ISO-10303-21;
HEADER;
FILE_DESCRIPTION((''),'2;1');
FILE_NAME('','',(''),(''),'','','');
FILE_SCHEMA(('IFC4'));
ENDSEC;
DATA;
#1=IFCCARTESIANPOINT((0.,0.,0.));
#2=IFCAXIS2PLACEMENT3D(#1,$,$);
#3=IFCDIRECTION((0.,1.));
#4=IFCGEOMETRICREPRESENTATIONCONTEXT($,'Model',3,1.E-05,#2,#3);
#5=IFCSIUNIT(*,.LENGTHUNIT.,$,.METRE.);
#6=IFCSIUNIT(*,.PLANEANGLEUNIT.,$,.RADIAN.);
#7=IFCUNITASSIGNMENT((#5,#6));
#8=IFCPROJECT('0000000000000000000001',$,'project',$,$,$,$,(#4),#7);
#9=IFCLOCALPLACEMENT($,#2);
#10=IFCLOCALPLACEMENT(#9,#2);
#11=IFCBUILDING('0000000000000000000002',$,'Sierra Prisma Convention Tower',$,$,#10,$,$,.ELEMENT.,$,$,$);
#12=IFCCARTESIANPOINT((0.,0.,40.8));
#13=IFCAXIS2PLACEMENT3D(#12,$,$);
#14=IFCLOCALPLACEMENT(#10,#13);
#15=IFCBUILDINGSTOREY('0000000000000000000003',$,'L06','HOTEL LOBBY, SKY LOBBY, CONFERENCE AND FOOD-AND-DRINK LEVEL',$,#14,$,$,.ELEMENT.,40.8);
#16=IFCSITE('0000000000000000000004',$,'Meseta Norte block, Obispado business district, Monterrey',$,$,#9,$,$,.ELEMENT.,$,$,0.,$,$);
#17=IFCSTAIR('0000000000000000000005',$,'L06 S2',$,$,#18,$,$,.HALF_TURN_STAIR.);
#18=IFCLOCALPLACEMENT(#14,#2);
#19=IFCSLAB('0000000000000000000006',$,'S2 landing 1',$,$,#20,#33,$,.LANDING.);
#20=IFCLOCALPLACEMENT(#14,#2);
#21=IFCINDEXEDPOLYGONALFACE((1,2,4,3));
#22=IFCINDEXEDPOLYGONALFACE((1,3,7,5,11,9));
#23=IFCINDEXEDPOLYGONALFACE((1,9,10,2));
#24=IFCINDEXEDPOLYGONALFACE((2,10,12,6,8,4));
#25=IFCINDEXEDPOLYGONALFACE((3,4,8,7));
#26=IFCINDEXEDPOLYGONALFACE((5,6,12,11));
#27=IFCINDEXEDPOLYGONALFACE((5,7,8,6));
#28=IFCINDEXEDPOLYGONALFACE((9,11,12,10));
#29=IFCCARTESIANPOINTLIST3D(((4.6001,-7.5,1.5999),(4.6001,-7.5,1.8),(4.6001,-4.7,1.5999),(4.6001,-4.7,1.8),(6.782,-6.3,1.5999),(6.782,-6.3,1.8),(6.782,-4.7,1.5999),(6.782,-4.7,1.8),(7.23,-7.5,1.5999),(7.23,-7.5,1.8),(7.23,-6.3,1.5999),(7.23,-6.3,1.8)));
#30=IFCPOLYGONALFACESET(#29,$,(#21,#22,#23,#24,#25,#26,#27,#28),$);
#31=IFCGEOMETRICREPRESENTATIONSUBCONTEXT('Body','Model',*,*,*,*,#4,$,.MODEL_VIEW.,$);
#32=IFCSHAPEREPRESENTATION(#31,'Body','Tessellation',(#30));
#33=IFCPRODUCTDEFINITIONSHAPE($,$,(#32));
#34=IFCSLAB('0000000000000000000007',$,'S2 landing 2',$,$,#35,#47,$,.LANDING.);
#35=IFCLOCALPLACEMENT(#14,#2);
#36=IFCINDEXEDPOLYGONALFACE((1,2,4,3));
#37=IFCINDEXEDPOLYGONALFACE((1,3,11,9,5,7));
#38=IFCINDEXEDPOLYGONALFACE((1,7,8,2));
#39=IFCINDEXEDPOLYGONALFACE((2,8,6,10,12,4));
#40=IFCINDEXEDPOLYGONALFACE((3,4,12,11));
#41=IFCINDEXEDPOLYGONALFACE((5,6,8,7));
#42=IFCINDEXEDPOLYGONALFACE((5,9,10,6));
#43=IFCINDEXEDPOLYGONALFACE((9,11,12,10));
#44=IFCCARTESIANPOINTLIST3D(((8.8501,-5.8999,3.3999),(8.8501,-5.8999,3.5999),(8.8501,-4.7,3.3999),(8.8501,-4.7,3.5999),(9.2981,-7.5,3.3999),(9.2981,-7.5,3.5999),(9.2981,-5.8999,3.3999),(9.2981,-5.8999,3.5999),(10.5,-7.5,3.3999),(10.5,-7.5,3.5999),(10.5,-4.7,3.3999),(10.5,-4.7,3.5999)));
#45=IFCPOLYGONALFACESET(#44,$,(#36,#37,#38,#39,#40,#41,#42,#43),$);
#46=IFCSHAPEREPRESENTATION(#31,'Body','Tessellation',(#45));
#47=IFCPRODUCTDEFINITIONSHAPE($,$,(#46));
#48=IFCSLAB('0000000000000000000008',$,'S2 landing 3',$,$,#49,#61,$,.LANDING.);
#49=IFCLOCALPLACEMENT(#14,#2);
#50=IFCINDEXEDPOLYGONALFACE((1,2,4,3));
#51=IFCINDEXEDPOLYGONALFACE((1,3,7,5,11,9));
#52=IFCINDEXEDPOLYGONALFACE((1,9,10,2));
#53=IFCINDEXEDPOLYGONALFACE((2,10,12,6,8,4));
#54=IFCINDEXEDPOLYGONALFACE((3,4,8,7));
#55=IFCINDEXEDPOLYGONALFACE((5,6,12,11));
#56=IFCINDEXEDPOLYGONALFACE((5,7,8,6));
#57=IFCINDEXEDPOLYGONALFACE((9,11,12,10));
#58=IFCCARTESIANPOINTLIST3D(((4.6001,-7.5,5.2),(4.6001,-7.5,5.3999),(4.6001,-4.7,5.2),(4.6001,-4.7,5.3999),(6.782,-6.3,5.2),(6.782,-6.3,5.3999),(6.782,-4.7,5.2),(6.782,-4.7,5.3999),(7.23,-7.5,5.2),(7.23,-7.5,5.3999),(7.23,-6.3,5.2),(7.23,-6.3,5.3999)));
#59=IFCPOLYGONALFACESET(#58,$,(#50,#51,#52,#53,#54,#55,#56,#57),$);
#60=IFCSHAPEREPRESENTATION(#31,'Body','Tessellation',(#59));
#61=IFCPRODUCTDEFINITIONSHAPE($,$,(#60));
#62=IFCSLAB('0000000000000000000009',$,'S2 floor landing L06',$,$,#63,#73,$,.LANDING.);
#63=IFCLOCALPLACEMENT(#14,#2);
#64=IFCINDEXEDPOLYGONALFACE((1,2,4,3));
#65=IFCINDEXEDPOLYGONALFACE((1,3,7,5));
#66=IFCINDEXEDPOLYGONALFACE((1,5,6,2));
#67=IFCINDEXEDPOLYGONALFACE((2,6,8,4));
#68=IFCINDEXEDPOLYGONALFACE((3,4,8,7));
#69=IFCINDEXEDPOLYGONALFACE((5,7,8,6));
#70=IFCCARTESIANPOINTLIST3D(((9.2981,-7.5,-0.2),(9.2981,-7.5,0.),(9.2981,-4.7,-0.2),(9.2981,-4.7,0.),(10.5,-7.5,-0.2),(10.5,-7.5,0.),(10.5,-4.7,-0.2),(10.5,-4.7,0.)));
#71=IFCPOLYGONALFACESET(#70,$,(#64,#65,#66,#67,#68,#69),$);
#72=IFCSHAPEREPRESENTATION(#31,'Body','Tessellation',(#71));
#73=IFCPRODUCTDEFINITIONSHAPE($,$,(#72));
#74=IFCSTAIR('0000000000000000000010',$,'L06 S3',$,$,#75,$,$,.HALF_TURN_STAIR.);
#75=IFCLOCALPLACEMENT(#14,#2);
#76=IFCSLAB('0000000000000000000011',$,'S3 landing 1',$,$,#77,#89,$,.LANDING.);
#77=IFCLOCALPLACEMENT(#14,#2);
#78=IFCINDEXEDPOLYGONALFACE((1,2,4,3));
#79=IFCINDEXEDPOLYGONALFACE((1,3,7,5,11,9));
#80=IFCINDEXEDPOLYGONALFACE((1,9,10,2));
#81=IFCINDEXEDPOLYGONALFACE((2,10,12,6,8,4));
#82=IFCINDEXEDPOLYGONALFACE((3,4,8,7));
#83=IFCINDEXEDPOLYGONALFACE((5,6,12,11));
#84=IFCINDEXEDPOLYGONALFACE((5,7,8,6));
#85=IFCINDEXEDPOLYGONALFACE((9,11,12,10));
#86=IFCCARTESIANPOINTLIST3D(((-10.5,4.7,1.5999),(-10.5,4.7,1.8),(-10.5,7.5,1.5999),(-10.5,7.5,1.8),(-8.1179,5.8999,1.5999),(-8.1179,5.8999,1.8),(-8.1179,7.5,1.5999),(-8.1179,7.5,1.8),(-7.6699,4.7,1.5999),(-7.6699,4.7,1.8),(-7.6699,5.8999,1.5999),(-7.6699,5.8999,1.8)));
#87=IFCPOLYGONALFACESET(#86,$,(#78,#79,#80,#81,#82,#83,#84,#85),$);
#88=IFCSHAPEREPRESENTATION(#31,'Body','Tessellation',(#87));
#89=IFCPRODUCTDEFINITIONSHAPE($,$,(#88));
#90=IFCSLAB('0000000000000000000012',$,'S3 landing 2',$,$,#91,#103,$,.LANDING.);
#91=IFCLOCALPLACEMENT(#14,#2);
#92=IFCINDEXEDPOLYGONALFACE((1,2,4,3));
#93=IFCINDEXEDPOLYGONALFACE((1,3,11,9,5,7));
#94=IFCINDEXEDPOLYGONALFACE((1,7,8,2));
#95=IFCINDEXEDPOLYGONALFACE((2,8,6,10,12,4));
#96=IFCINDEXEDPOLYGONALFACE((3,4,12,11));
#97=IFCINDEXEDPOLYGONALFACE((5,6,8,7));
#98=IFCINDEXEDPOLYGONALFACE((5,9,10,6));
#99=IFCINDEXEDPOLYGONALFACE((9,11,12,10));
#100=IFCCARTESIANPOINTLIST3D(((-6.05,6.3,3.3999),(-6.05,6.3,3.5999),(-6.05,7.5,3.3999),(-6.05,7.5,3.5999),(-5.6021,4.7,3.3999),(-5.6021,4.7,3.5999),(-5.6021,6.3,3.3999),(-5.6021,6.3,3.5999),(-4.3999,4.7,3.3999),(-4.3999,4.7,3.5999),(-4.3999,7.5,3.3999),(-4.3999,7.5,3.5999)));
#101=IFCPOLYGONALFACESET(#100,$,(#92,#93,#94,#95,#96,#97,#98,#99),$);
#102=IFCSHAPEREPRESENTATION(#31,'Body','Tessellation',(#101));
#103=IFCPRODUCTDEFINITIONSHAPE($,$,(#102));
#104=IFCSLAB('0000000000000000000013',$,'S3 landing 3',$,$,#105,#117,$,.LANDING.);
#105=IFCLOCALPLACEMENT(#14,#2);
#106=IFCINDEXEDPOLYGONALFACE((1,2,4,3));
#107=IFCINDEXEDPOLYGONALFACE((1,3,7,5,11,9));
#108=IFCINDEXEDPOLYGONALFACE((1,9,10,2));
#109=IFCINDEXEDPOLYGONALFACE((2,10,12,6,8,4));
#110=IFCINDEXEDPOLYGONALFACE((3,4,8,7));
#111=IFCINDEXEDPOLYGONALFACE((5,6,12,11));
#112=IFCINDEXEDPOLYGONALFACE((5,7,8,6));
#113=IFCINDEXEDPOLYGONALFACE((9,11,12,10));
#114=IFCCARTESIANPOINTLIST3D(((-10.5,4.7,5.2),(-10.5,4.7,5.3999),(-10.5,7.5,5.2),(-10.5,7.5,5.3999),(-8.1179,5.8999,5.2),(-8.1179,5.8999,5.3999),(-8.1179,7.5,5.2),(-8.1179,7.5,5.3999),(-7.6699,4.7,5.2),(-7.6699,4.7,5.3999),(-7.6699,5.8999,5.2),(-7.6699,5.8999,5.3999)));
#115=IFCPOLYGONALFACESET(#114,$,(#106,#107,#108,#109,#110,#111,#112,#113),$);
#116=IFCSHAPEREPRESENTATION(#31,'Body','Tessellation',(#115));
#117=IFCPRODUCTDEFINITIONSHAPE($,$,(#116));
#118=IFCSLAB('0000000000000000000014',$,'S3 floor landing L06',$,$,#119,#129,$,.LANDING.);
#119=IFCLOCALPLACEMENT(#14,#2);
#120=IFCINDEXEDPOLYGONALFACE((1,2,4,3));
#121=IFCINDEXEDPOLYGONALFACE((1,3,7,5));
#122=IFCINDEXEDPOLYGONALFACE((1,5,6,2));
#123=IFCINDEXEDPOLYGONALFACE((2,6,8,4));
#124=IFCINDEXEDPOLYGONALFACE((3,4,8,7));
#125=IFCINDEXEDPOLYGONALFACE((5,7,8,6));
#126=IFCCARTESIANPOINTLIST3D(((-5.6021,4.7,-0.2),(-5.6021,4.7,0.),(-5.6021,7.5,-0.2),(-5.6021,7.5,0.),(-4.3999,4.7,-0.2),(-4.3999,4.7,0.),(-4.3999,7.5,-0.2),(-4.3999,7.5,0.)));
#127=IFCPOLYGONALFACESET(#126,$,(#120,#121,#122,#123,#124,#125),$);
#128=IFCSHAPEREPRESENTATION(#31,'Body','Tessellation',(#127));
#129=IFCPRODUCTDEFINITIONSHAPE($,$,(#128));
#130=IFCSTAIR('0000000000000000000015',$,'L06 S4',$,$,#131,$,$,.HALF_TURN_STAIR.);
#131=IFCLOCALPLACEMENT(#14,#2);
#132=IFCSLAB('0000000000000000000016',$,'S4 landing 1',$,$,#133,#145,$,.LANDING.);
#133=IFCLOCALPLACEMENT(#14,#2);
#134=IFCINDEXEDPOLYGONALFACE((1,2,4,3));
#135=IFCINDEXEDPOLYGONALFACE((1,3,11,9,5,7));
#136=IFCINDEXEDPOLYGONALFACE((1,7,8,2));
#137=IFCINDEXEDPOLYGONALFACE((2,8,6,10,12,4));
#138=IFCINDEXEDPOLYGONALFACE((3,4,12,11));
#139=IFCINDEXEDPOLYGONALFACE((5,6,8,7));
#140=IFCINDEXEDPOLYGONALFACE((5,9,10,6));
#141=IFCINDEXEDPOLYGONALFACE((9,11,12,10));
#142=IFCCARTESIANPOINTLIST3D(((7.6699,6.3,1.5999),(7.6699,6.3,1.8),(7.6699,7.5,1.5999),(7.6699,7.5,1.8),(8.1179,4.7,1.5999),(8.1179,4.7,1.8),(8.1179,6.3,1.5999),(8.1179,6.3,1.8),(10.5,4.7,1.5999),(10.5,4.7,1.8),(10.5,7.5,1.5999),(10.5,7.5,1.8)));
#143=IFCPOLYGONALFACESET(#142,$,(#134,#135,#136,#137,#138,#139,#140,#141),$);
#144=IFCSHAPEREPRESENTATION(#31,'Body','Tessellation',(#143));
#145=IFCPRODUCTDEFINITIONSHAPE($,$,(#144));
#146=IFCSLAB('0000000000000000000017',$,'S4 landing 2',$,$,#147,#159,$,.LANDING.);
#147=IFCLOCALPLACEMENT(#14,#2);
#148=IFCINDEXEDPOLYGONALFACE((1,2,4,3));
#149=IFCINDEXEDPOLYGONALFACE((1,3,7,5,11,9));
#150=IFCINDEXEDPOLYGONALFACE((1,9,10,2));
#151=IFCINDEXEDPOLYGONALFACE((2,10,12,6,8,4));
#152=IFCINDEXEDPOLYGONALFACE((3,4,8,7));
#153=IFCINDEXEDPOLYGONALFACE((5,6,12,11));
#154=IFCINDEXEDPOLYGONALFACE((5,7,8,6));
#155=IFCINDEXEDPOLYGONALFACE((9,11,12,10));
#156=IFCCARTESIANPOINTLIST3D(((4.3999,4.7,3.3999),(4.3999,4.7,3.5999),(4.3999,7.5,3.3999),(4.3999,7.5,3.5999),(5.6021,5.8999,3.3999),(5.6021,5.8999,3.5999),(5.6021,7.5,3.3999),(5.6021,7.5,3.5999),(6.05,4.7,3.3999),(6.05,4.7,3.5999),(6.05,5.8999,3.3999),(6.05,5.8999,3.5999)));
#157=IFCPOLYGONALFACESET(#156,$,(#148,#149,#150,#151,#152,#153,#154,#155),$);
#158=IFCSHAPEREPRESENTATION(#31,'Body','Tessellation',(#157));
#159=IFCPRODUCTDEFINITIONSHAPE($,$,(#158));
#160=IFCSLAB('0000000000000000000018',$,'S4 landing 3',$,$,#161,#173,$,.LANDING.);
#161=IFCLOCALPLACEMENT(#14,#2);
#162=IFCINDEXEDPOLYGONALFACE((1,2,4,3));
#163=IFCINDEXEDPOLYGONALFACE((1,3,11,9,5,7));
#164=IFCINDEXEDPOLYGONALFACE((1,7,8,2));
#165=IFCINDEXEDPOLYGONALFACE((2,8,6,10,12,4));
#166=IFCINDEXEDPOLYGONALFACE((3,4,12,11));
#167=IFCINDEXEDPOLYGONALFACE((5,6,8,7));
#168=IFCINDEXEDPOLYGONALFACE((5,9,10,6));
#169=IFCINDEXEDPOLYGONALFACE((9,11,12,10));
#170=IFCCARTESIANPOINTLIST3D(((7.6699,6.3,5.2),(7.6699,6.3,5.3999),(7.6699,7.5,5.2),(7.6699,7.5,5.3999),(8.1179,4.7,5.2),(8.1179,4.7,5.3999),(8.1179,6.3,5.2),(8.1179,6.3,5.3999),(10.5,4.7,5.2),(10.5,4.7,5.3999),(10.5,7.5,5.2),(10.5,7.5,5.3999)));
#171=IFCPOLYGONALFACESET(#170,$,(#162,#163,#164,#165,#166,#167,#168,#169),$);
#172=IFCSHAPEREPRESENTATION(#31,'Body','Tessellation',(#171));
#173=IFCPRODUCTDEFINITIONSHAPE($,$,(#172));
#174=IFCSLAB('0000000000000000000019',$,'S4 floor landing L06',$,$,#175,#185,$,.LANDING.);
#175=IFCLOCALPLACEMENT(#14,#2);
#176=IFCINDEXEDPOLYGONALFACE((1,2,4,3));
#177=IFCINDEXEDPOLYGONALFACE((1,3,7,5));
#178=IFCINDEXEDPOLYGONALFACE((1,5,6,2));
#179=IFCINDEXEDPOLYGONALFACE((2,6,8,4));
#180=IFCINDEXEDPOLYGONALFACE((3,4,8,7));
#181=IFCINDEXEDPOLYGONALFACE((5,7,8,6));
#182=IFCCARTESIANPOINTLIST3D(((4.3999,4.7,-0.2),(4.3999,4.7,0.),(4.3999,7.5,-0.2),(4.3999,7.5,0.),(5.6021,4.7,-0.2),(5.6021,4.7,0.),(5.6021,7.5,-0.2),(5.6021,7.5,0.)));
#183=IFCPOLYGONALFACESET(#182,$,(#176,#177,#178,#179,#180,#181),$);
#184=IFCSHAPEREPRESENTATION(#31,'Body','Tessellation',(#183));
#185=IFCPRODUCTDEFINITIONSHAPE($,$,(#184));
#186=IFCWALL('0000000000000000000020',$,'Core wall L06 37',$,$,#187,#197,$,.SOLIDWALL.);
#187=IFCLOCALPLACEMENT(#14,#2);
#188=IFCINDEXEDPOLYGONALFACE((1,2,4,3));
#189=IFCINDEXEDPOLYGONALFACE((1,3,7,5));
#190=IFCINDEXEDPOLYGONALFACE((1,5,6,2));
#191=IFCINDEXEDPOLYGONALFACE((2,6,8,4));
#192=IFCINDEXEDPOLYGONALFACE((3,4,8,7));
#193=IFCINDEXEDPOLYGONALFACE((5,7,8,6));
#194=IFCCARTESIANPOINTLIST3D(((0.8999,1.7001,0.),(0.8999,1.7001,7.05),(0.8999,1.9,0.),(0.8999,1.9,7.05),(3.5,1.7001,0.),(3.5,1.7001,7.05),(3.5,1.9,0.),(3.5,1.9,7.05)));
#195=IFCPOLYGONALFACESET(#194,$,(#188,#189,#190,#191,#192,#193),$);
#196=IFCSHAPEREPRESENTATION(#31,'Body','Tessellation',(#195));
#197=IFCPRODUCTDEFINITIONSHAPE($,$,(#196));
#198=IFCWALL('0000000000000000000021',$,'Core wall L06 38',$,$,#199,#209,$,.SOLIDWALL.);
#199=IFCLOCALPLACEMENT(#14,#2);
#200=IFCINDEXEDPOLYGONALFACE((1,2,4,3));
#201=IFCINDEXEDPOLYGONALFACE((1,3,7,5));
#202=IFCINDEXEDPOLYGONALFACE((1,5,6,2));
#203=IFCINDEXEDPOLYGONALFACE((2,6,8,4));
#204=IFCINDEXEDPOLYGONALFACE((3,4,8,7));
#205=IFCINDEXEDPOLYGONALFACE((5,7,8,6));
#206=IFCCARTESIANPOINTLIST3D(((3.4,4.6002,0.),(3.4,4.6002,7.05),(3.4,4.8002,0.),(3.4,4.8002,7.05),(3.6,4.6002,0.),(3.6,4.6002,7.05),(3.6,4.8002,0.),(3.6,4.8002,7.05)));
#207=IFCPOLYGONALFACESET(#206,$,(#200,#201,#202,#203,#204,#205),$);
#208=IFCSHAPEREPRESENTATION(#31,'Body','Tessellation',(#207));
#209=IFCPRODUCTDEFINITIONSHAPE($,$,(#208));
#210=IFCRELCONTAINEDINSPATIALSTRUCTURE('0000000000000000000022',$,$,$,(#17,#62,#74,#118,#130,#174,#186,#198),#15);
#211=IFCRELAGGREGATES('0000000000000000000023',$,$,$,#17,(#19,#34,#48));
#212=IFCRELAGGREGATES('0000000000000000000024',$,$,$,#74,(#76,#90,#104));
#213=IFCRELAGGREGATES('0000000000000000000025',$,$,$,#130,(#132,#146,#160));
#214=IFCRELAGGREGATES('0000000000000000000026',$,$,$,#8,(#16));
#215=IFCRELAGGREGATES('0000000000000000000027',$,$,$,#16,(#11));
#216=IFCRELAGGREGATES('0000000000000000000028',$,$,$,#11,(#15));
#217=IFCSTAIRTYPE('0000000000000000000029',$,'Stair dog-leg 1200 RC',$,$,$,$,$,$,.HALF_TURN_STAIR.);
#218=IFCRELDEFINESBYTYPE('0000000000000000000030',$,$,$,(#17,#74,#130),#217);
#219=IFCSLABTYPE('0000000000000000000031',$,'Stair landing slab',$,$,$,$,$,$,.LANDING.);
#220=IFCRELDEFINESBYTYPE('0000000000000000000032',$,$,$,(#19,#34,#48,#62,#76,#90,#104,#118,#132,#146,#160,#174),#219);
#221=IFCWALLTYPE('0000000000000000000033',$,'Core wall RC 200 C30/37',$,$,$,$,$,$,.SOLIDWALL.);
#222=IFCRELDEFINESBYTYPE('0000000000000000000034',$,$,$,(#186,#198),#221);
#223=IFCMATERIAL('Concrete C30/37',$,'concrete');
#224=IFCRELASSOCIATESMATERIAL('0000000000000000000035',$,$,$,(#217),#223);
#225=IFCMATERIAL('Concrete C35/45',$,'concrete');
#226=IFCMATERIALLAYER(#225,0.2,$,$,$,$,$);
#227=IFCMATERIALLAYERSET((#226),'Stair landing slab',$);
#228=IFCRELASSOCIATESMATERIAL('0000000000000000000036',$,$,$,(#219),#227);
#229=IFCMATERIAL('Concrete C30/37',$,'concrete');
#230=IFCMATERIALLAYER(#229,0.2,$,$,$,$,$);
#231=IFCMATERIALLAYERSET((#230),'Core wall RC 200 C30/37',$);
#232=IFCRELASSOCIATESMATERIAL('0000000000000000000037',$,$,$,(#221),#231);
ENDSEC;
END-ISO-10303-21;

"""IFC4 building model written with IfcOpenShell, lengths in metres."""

from ifc_helpers import new_model, si_unit, direction, frame, frame_2d, origin, place, context, subcontext, project, spatial, polyline, rectangle, outline, extrude, material, layer, layer_set, type_object, element, aggregate, save


model = new_model("IFC4")

# Units and contexts
model_context = context("Model", 3, precision=1e-05, world=origin(), true_north=direction((0.0, 1.0)))
body_context = subcontext(model_context, "Body", "Model", "MODEL_VIEW")
ifc_project = project(units=[si_unit("LENGTHUNIT", "METRE"), si_unit("PLANEANGLEUNIT", "RADIAN")], contexts=[model_context])

# Site, building, storey
site_placement = place(None, origin())
site = spatial("IfcSite", under=ifc_project, at=site_placement, Name="Meseta Norte block, Obispado business district, Monterrey", CompositionType="ELEMENT", RefElevation=0.0)
building_placement = place(site_placement, origin())
building = spatial("IfcBuilding", under=site, at=building_placement, Name="Sierra Prisma Convention Tower", CompositionType="ELEMENT")
storey_placement = place(building_placement, frame((0.0, 0.0, 40.8)))
storey = spatial("IfcBuildingStorey", under=building, at=storey_placement, Name="L06", Description="HOTEL LOBBY, SKY LOBBY, CONFERENCE AND FOOD-AND-DRINK LEVEL", CompositionType="ELEMENT", Elevation=40.8)

# Stair, slabs
ifc_material_1 = material(Name="Concrete C30/37", Category="concrete")
stair_type = type_object("IfcStairType", Name="Stair dog-leg 1200 RC", PredefinedType="HALF_TURN_STAIR", material=ifc_material_1)
stair_1_placement = place(storey_placement, origin())
stair_1 = element("IfcStair", 1, at=stair_1_placement, inside=storey, type_object=stair_type, Name="L06 S2", PredefinedType="HALF_TURN_STAIR")
ifc_material_2 = material(Name="Concrete C35/45", Category="concrete")
ifc_layer_1 = layer(ifc_material_2, 0.2)
ifc_layer_set_1 = layer_set([ifc_layer_1], Name="Stair landing slab")
slab_type = type_object("IfcSlabType", Name="Stair landing slab", PredefinedType="LANDING", material=ifc_layer_set_1)
slab_1_placement = place(storey_placement, frame((0.0, 0.0, 1.5999)))
slab_1 = element("IfcSlab", 2, at=slab_1_placement, type_object=slab_type, Name="S2 landing 1", PredefinedType="LANDING", context=body_context, shape_type="SweptSolid", body=[
    extrude(outline(polyline([(7.23, -6.3), (7.23, -7.5), (4.6001, -7.5), (4.6001, -4.7), (6.782, -4.7), (6.782, -6.3), (7.23, -6.3)])), origin(), (0.0, 0.0, 1.0), 0.2002),
])
slab_2_placement = place(storey_placement, frame((0.0, 0.0, 3.3999)))
slab_2 = element("IfcSlab", 3, at=slab_2_placement, type_object=slab_type, Name="S2 landing 2", PredefinedType="LANDING", context=body_context, shape_type="SweptSolid", body=[
    extrude(outline(polyline([(10.5, -4.7), (10.5, -7.5), (9.2981, -7.5), (9.2981, -5.8999), (8.8501, -5.8999), (8.8501, -4.7), (10.5, -4.7)])), origin(), (0.0, 0.0, 1.0), 0.2),
])
slab_3_placement = place(storey_placement, frame((0.0, 0.0, 5.2)))
slab_3 = element("IfcSlab", 4, at=slab_3_placement, type_object=slab_type, Name="S2 landing 3", PredefinedType="LANDING", context=body_context, shape_type="SweptSolid", body=[
    extrude(outline(polyline([(7.23, -6.3), (7.23, -7.5), (4.6001, -7.5), (4.6001, -4.7), (6.782, -4.7), (6.782, -6.3), (7.23, -6.3)])), origin(), (0.0, 0.0, 1.0), 0.2),
])
aggregate(stair_1, [slab_1, slab_2, slab_3])

# Slab
slab_4_placement = place(storey_placement, frame((0.0, 0.0, -0.2)))
element("IfcSlab", 5, at=slab_4_placement, inside=storey, type_object=slab_type, Name="S2 floor landing L06", PredefinedType="LANDING", context=body_context, shape_type="SweptSolid", body=[
    extrude(outline(polyline([(10.5, -4.7), (9.2981, -4.7), (9.2981, -7.5), (10.5, -7.5), (10.5, -4.7)])), origin(), (0.0, 0.0, 1.0), 0.2),
])

# Stair, slabs
stair_2_placement = place(storey_placement, origin())
stair_2 = element("IfcStair", 6, at=stair_2_placement, inside=storey, type_object=stair_type, Name="L06 S3", PredefinedType="HALF_TURN_STAIR")
slab_5_placement = place(storey_placement, frame((0.0, 0.0, 1.5999)))
slab_5 = element("IfcSlab", 7, at=slab_5_placement, type_object=slab_type, Name="S3 landing 1", PredefinedType="LANDING", context=body_context, shape_type="SweptSolid", body=[
    extrude(outline(polyline([(-7.6699, 5.8999), (-7.6699, 4.7), (-10.5, 4.7), (-10.5, 7.5), (-8.1179, 7.5), (-8.1179, 5.8999), (-7.6699, 5.8999)])), origin(), (0.0, 0.0, 1.0), 0.2002),
])
slab_6_placement = place(storey_placement, frame((0.0, 0.0, 3.3999)))
slab_6 = element("IfcSlab", 8, at=slab_6_placement, type_object=slab_type, Name="S3 landing 2", PredefinedType="LANDING", context=body_context, shape_type="SweptSolid", body=[
    extrude(outline(polyline([(-4.3999, 7.5), (-4.3999, 4.7), (-5.6021, 4.7), (-5.6021, 6.3), (-6.05, 6.3), (-6.05, 7.5), (-4.3999, 7.5)])), origin(), (0.0, 0.0, 1.0), 0.2),
])
slab_7_placement = place(storey_placement, frame((0.0, 0.0, 5.2)))
slab_7 = element("IfcSlab", 9, at=slab_7_placement, type_object=slab_type, Name="S3 landing 3", PredefinedType="LANDING", context=body_context, shape_type="SweptSolid", body=[
    extrude(outline(polyline([(-7.6699, 5.8999), (-7.6699, 4.7), (-10.5, 4.7), (-10.5, 7.5), (-8.1179, 7.5), (-8.1179, 5.8999), (-7.6699, 5.8999)])), origin(), (0.0, 0.0, 1.0), 0.2),
])
aggregate(stair_2, [slab_5, slab_6, slab_7])

# Slab
slab_8_placement = place(storey_placement, frame((0.0, 0.0, -0.2)))
element("IfcSlab", 10, at=slab_8_placement, inside=storey, type_object=slab_type, Name="S3 floor landing L06", PredefinedType="LANDING", context=body_context, shape_type="SweptSolid", body=[
    extrude(outline(polyline([(-4.3999, 7.5), (-5.6021, 7.5), (-5.6021, 4.7), (-4.3999, 4.7), (-4.3999, 7.5)])), origin(), (0.0, 0.0, 1.0), 0.2),
])

# Stair, slabs
stair_3_placement = place(storey_placement, origin())
stair_3 = element("IfcStair", 11, at=stair_3_placement, inside=storey, type_object=stair_type, Name="L06 S4", PredefinedType="HALF_TURN_STAIR")
slab_9_placement = place(storey_placement, frame((0.0, 0.0, 1.5999)))
slab_9 = element("IfcSlab", 12, at=slab_9_placement, type_object=slab_type, Name="S4 landing 1", PredefinedType="LANDING", context=body_context, shape_type="SweptSolid", body=[
    extrude(outline(polyline([(10.5, 7.5), (10.5, 4.7), (8.1179, 4.7), (8.1179, 6.3), (7.6699, 6.3), (7.6699, 7.5), (10.5, 7.5)])), origin(), (0.0, 0.0, 1.0), 0.2002),
])
slab_10_placement = place(storey_placement, frame((0.0, 0.0, 3.3999)))
slab_10 = element("IfcSlab", 13, at=slab_10_placement, type_object=slab_type, Name="S4 landing 2", PredefinedType="LANDING", context=body_context, shape_type="SweptSolid", body=[
    extrude(outline(polyline([(4.3999, 4.7), (4.3999, 7.5), (5.6021, 7.5), (5.6021, 5.8999), (6.05, 5.8999), (6.05, 4.7), (4.3999, 4.7)])), origin(), (0.0, 0.0, 1.0), 0.2),
])
slab_11_placement = place(storey_placement, frame((0.0, 0.0, 5.2)))
slab_11 = element("IfcSlab", 14, at=slab_11_placement, type_object=slab_type, Name="S4 landing 3", PredefinedType="LANDING", context=body_context, shape_type="SweptSolid", body=[
    extrude(outline(polyline([(10.5, 7.5), (10.5, 4.7), (8.1179, 4.7), (8.1179, 6.3), (7.6699, 6.3), (7.6699, 7.5), (10.5, 7.5)])), origin(), (0.0, 0.0, 1.0), 0.2),
])

# Slab
slab_12_placement = place(storey_placement, frame((0.0, 0.0, -0.2)))
element("IfcSlab", 15, at=slab_12_placement, inside=storey, type_object=slab_type, Name="S4 floor landing L06", PredefinedType="LANDING", context=body_context, shape_type="SweptSolid", body=[
    extrude(outline(polyline([(4.3999, 4.7), (5.6021, 4.7), (5.6021, 7.5), (4.3999, 7.5), (4.3999, 4.7)])), origin(), (0.0, 0.0, 1.0), 0.2),
])

# Shared definitions
ifc_material_3 = material(Name="Concrete C30/37", Category="concrete")
ifc_layer_2 = layer(ifc_material_3, 0.2)
ifc_layer_set_2 = layer_set([ifc_layer_2], Name="Core wall RC 200 C30/37")
wall_type = type_object("IfcWallType", Name="Core wall RC 200 C30/37", PredefinedType="SOLIDWALL", material=ifc_layer_set_2)

# Walls
wall_1_placement = place(storey_placement, frame((3.5, 1.8, 0.0), z_axis=(0.0, 0.0, 1.0), x_axis=(-1.0, 0.0, 0.0)))
element("IfcWall", 16, at=wall_1_placement, inside=storey, type_object=wall_type, Name="Core wall L06 37", PredefinedType="SOLIDWALL", context=body_context, shape_type="SweptSolid", body=[
    extrude(rectangle(XDim=2.6001, YDim=0.2, at=frame_2d((1.3, 0.0))), origin(), (0.0, 0.0, 1.0), 7.05),
])
wall_2_placement = place(storey_placement, frame((3.5, 4.6001, 0.0), z_axis=(0.0, 0.0, 1.0), x_axis=(0.0, 1.0, 0.0)))
element("IfcWall", 17, at=wall_2_placement, inside=storey, type_object=wall_type, Name="Core wall L06 38", PredefinedType="SOLIDWALL", context=body_context, shape_type="SweptSolid", body=[
    extrude(rectangle(XDim=0.2, YDim=0.2, at=frame_2d((0.1001, 0.0))), origin(), (0.0, 0.0, 1.0), 7.05),
])

aggregate(stair_3, [slab_9, slab_10, slab_11])

save(model, "model.ifc")
